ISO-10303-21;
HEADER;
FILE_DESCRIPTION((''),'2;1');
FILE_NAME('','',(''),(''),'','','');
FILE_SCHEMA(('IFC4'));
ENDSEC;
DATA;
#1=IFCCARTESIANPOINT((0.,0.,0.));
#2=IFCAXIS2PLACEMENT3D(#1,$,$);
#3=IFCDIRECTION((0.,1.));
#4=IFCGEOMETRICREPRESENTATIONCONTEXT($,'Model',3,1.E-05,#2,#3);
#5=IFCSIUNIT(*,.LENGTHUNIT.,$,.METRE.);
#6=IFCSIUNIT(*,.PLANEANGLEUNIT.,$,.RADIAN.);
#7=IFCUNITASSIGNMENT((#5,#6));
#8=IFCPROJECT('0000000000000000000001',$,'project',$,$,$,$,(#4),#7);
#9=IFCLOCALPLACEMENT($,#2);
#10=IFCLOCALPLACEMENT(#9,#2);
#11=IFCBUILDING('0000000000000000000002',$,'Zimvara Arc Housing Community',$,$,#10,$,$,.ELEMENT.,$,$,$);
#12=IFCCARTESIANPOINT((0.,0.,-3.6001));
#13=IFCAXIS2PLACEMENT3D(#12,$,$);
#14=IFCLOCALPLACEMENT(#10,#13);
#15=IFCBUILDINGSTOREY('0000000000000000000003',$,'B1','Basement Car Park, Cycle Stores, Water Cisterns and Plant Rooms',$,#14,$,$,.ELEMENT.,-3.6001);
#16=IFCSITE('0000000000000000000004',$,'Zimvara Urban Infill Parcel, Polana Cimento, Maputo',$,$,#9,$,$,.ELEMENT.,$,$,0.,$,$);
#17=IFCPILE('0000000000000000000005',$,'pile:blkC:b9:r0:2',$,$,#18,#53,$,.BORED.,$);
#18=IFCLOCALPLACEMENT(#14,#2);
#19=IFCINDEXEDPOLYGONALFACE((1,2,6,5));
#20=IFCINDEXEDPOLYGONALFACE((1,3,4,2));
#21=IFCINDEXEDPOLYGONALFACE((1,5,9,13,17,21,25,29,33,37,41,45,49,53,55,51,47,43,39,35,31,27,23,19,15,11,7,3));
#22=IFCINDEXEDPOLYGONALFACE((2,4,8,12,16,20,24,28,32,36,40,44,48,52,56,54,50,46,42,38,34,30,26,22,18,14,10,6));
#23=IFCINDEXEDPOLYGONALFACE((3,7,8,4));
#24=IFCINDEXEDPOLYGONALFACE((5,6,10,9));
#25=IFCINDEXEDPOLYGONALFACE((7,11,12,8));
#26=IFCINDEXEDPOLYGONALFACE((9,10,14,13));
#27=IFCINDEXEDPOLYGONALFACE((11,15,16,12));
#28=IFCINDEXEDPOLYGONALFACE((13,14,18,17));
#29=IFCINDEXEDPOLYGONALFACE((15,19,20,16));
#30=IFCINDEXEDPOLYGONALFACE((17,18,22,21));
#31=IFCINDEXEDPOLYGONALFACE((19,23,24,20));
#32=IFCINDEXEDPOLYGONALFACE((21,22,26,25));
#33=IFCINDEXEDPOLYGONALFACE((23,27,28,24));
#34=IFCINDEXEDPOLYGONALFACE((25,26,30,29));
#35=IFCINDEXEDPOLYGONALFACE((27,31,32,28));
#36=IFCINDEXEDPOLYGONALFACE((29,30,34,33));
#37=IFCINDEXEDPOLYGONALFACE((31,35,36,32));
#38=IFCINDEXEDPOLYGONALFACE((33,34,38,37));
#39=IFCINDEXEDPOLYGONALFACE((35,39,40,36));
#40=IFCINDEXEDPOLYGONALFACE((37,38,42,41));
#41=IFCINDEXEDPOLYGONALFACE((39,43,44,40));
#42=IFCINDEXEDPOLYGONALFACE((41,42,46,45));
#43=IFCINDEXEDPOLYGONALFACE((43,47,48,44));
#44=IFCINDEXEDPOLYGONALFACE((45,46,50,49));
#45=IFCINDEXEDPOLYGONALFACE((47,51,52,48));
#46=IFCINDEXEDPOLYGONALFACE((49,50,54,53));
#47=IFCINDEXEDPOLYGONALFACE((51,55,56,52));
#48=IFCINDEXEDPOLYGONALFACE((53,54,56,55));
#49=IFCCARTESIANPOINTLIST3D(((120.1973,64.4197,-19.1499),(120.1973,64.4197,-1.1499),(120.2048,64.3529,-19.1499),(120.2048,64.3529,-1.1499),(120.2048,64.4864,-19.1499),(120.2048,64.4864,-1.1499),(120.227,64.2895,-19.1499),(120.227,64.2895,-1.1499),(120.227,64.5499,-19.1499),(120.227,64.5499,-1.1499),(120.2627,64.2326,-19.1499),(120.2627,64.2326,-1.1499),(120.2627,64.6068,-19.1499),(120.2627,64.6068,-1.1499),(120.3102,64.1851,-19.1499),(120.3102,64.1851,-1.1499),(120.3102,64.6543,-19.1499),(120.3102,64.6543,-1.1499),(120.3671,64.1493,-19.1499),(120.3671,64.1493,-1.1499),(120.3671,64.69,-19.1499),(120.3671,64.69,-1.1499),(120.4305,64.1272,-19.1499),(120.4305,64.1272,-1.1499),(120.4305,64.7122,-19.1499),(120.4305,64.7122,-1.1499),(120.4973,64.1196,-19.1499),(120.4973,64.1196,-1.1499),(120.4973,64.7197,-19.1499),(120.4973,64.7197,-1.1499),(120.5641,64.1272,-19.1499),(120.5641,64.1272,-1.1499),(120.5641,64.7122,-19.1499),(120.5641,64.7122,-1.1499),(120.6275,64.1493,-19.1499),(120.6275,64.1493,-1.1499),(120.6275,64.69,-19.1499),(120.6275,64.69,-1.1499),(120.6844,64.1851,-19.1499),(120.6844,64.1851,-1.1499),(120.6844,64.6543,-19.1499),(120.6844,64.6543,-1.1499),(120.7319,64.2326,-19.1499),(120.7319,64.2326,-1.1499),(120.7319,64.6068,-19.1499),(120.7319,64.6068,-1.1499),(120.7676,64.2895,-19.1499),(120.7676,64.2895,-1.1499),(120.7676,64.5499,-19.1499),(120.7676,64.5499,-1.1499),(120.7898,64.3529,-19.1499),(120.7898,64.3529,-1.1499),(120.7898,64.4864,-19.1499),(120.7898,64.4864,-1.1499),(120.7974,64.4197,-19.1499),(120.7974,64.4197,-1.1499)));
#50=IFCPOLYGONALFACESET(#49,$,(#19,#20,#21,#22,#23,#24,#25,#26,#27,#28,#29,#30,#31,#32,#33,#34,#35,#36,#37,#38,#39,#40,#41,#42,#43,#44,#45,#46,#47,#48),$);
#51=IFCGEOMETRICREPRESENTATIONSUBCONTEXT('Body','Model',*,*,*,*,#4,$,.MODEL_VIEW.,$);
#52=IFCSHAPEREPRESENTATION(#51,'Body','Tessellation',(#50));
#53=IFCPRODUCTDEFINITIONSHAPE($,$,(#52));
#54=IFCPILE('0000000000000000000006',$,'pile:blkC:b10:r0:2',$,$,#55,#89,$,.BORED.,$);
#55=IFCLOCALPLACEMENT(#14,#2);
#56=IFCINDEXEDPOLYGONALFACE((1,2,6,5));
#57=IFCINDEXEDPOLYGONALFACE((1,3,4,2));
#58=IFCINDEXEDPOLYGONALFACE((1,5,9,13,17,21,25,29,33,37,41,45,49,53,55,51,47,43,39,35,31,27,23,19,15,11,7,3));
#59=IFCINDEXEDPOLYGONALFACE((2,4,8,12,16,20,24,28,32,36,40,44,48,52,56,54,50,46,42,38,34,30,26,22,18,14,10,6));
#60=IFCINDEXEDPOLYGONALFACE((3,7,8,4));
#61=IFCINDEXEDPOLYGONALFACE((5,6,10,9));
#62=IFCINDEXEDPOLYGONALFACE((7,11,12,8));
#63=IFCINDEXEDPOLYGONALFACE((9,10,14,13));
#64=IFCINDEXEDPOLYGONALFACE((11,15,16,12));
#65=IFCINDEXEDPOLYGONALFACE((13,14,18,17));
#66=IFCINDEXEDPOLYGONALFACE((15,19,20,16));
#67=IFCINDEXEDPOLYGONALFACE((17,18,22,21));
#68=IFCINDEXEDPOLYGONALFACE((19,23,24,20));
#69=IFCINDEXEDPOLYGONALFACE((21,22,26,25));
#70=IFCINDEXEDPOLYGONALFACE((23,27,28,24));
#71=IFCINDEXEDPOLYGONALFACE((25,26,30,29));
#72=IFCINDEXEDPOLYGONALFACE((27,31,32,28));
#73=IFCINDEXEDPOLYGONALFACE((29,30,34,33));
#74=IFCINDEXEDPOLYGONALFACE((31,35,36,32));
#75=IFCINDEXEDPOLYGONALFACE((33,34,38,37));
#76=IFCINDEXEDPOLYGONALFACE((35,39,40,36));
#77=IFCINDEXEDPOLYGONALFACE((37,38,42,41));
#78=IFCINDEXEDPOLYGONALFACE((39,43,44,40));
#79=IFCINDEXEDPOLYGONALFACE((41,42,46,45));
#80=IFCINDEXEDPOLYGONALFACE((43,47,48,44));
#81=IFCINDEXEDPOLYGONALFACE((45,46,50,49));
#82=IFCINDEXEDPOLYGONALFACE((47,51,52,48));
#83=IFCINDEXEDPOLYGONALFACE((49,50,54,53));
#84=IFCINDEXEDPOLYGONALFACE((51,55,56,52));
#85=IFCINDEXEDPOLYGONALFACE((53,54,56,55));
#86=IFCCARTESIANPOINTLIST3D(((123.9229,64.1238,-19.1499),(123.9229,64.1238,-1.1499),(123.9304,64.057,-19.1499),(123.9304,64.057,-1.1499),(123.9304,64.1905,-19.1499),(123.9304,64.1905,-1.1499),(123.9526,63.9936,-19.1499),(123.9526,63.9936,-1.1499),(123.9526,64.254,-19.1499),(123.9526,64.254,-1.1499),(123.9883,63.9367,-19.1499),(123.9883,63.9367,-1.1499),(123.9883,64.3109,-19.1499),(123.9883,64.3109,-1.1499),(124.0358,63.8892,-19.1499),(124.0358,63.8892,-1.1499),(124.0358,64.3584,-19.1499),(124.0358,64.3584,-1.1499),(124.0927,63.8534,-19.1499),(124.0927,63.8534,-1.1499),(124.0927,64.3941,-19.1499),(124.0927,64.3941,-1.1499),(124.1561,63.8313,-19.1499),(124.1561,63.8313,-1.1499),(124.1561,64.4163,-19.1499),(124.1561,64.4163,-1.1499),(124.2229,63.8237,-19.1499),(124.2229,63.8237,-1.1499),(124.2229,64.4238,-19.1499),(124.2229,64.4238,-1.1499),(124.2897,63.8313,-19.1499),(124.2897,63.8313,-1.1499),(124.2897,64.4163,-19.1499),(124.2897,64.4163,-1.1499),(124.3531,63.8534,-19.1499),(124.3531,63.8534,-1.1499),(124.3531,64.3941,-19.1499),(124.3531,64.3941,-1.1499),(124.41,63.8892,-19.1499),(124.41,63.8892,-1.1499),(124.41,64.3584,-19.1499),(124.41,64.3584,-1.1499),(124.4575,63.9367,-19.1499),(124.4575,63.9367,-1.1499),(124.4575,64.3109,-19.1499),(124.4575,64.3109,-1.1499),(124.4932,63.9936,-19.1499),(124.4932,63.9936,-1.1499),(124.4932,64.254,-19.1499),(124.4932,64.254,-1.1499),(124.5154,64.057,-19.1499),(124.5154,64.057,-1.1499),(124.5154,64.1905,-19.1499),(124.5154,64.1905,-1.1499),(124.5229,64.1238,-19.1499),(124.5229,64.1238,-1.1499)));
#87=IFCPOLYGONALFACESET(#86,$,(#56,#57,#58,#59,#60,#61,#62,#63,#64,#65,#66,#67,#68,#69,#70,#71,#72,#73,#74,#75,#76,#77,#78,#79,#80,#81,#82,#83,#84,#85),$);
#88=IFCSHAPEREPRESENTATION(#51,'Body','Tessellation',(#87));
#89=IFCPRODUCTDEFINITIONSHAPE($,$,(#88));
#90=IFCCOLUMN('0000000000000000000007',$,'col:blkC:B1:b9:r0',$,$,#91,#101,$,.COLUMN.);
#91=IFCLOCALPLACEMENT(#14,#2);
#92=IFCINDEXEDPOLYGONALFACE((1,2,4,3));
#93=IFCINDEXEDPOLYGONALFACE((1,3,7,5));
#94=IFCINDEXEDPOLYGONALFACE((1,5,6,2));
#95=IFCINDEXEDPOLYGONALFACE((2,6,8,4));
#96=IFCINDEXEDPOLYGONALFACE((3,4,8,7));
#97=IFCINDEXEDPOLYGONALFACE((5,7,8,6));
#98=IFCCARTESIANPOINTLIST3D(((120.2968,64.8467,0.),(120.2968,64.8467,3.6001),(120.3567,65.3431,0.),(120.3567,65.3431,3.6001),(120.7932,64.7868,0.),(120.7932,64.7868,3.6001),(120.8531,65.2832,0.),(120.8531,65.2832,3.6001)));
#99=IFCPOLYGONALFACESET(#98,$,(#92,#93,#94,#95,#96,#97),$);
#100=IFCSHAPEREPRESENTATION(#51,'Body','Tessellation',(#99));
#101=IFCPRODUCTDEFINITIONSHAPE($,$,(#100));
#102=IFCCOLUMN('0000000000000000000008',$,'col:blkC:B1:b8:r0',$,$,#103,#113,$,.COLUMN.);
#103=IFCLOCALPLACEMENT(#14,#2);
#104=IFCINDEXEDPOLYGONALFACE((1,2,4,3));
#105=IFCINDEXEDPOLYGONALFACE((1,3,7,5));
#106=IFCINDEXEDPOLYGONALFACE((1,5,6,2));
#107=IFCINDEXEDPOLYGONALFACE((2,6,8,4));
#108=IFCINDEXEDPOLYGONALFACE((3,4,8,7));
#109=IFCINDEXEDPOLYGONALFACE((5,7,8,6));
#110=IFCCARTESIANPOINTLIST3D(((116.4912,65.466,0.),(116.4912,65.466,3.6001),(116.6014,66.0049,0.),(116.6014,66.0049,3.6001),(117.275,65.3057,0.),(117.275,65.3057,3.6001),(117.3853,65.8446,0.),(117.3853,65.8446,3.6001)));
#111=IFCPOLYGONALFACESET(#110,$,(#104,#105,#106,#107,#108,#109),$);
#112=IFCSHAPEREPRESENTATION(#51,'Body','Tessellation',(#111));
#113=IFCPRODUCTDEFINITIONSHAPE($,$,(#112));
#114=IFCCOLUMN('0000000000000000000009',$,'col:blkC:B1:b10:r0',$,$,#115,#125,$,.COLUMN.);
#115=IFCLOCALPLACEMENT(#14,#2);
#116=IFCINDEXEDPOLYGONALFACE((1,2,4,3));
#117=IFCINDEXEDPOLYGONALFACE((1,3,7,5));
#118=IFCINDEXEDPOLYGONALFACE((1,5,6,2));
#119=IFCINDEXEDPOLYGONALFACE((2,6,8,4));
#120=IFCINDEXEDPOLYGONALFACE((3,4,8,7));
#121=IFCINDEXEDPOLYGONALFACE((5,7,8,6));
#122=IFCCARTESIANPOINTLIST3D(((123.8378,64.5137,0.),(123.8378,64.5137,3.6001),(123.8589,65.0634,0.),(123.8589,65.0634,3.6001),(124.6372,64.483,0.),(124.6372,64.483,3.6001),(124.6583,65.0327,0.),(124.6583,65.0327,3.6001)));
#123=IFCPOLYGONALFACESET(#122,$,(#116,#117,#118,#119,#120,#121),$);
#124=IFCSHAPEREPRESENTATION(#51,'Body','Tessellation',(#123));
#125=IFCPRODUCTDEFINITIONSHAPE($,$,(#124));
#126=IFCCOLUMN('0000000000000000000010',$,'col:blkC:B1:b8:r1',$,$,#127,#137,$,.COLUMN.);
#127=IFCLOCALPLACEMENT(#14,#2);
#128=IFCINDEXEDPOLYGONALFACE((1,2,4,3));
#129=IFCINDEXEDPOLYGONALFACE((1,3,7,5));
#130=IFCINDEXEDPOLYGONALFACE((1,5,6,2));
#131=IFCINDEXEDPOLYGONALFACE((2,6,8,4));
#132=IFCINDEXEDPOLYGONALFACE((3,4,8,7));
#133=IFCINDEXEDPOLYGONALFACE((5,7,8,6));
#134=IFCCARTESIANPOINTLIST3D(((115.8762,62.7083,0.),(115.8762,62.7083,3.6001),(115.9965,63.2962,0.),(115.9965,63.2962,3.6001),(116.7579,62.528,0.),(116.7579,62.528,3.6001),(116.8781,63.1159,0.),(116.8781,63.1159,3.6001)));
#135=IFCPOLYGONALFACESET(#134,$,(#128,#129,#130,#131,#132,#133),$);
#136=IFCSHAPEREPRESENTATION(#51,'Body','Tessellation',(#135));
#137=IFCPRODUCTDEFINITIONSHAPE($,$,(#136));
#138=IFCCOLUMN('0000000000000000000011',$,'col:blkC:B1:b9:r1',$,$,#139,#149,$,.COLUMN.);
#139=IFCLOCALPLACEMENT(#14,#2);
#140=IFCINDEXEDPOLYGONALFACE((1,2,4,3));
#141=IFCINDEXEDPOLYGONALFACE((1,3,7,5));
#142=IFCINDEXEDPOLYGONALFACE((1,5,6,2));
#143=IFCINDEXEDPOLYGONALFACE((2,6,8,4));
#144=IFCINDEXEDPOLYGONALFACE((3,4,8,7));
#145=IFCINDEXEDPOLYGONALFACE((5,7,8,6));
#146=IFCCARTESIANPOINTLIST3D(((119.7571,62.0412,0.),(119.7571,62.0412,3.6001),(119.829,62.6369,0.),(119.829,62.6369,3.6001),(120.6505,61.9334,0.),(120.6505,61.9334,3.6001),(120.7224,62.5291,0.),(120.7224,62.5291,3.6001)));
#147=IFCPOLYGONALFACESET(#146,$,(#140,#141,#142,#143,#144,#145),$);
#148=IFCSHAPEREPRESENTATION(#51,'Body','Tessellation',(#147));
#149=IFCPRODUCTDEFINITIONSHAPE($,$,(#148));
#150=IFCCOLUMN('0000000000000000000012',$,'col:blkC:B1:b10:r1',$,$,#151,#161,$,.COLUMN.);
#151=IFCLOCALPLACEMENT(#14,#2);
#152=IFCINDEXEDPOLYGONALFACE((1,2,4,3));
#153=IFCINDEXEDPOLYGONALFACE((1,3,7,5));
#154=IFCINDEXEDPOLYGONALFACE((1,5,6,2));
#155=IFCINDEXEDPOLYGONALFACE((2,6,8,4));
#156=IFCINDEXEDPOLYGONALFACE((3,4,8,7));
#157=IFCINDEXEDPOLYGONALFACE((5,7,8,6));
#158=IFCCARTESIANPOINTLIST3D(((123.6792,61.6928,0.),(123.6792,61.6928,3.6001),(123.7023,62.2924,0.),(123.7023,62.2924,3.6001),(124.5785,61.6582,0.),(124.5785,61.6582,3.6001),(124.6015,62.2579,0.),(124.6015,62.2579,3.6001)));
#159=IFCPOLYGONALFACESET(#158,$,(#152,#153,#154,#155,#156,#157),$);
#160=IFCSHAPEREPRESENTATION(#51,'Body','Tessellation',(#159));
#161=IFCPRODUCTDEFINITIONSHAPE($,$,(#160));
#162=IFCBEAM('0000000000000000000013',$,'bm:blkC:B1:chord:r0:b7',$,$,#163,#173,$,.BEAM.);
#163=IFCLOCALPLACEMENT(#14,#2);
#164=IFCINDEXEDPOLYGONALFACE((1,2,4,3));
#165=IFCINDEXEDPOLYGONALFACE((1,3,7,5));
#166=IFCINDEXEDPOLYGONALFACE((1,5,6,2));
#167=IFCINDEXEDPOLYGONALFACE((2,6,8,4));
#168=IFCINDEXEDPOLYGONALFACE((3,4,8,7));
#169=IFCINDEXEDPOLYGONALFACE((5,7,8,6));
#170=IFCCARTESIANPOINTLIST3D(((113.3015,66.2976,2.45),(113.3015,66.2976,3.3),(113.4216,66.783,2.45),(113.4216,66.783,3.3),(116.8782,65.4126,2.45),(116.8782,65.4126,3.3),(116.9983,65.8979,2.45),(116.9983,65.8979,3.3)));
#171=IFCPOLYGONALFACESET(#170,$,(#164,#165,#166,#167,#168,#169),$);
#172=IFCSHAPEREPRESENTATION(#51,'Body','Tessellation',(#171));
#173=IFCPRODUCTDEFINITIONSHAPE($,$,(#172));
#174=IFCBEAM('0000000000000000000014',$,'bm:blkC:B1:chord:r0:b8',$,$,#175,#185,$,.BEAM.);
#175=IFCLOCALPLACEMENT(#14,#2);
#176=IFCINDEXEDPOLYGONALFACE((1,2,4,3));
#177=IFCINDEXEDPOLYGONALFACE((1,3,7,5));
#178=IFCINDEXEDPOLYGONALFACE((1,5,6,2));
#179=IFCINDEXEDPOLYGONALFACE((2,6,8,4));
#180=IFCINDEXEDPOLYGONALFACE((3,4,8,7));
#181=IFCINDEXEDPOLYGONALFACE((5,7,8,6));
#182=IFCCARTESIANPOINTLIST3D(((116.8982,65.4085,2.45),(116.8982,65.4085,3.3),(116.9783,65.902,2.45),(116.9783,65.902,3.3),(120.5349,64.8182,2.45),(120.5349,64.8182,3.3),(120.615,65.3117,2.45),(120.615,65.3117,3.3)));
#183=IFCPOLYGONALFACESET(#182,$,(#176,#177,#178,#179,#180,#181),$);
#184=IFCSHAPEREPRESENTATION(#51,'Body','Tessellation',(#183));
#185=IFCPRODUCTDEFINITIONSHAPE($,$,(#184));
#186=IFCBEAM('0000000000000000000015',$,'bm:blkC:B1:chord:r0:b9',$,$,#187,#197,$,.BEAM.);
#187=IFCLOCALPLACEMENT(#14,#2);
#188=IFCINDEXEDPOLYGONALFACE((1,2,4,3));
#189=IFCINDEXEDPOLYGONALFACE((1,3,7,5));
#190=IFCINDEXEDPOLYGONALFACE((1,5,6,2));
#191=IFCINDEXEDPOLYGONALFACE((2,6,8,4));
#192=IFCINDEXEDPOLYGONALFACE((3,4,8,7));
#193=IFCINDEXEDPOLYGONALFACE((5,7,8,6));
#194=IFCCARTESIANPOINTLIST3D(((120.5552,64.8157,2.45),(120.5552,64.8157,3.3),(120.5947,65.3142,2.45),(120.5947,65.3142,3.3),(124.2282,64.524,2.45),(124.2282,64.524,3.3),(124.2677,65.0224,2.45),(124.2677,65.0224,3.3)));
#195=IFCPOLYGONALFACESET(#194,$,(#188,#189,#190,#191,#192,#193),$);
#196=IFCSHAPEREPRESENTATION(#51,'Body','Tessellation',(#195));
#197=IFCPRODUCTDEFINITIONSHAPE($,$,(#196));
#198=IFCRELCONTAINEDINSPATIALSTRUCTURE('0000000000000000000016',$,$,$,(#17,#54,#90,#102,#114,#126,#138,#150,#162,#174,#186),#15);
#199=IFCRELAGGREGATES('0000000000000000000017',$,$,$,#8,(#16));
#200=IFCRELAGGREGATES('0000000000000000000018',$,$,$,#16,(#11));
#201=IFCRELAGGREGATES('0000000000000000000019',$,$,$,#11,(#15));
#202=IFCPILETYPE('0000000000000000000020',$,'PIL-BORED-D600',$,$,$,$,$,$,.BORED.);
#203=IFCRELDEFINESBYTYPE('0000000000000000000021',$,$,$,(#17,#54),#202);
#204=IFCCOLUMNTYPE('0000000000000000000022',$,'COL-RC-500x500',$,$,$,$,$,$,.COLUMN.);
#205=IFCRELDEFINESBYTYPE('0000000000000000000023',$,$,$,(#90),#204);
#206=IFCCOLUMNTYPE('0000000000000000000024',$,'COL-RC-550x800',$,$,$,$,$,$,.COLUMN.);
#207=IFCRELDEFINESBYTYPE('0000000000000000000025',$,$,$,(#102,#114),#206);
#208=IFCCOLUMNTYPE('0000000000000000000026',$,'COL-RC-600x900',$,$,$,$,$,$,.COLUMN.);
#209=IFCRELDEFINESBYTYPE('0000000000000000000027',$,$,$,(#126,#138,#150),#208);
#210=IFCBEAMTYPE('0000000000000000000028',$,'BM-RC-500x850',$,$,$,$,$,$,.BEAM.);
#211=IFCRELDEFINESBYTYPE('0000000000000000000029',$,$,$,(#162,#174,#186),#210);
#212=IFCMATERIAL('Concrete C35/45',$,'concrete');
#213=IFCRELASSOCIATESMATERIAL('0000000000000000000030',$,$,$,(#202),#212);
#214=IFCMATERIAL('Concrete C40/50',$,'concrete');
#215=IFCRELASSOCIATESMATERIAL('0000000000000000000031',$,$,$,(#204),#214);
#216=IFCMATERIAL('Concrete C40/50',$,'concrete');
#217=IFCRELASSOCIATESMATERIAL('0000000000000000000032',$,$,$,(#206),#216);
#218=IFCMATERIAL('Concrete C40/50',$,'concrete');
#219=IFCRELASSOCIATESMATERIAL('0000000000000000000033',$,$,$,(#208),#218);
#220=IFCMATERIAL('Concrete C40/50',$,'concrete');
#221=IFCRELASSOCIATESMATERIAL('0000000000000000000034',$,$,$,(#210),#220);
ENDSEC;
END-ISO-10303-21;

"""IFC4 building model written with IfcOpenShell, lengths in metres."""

from ifc_helpers import new_model, si_unit, direction, frame, origin, origin_2d, place, context, subcontext, project, spatial, rectangle, circle, extrude, material, material_profile, profile_set, type_object, element, save


model = new_model("IFC4")

# Units and contexts
model_context = context("Model", 3, precision=1e-05, world=origin(), true_north=direction((0.0, 1.0)))
body_context = subcontext(model_context, "Body", "Model", "MODEL_VIEW")
ifc_project = project(units=[si_unit("LENGTHUNIT", "METRE"), si_unit("PLANEANGLEUNIT", "RADIAN")], contexts=[model_context])

# Site, building, storey
site_placement = place(None, origin())
site = spatial("IfcSite", under=ifc_project, at=site_placement, Name="Zimvara Urban Infill Parcel, Polana Cimento, Maputo", CompositionType="ELEMENT", RefElevation=0.0)
building_placement = place(site_placement, origin())
building = spatial("IfcBuilding", under=site, at=building_placement, Name="Zimvara Arc Housing Community", CompositionType="ELEMENT")
storey_placement = place(building_placement, frame((0.0, 0.0, -3.6001)))
storey = spatial("IfcBuildingStorey", under=building, at=storey_placement, Name="B1", Description="Basement Car Park, Cycle Stores, Water Cisterns and Plant Rooms", CompositionType="ELEMENT", Elevation=-3.6001)

# Piles
ifc_material_1 = material(Name="Concrete C35/45", Category="concrete")
ifc_material_profile_1 = material_profile(ifc_material_1, circle(Radius=0.3, at=origin_2d()), Name="PILE D600")
ifc_profile_set_1 = profile_set([ifc_material_profile_1], Name="Concrete C35/45")
pile_type = type_object("IfcPileType", Name="PIL-BORED-D600", PredefinedType="BORED", material=ifc_profile_set_1)
for number, where, z_axis, x_axis, name in (
    (1, (120.4973, 64.4197, -1.1499), (0.0, 0.0, -1.0), (1.0, 0.0, 0.0), "pile:blkC:b9:r0:2"),
    (2, (124.2229, 64.1238, -1.1499), (0.0, 0.0, -1.0), (1.0, 0.0, 0.0), "pile:blkC:b10:r0:2"),
):
    element("IfcPile", number, at=place(storey_placement, frame(where, z_axis=z_axis, x_axis=x_axis)), inside=storey, type_object=pile_type, Name=name, PredefinedType="BORED", context=body_context, shape_type="SweptSolid", body=[
        extrude(circle(Radius=0.3, at=origin_2d()), origin(), (0.0, 0.0, 1.0), 18.0),
    ])

# Columns
ifc_material_2 = material(Name="Concrete C40/50", Category="concrete")
ifc_material_profile_2 = material_profile(ifc_material_2, rectangle(XDim=0.5, YDim=0.5, at=origin_2d()), Name="RC 500x500")
ifc_profile_set_2 = profile_set([ifc_material_profile_2], Name="Concrete C40/50")
column_type_1 = type_object("IfcColumnType", Name="COL-RC-500x500", PredefinedType="COLUMN", material=ifc_profile_set_2)
column_placement = place(storey_placement, frame((120.575, 65.0649, 0.0), z_axis=(0.0, 0.0, 1.0), x_axis=(-0.11979, -0.992799, 0.0)))
element("IfcColumn", 3, at=column_placement, inside=storey, type_object=column_type_1, Name="col:blkC:B1:b9:r0", PredefinedType="COLUMN", context=body_context, shape_type="SweptSolid", body=[
    extrude(rectangle(XDim=0.5, YDim=0.5, at=origin_2d()), origin(), (0.0, 0.0, 1.0), 3.6001),
])
ifc_material_3 = material(Name="Concrete C40/50", Category="concrete")
ifc_material_profile_3 = material_profile(ifc_material_3, rectangle(XDim=0.55, YDim=0.8, at=origin_2d()), Name="RC 550x800")
ifc_profile_set_3 = profile_set([ifc_material_profile_3], Name="Concrete C40/50")
column_type_2 = type_object("IfcColumnType", Name="COL-RC-550x800", PredefinedType="COLUMN", material=ifc_profile_set_3)
for number, where, z_axis, x_axis, name in (
    (4, (116.9382, 65.6553, 0.0), (0.0, 0.0, 1.0), (-0.200394, -0.979715, 0.0), "col:blkC:B1:b8:r0"),
    (5, (124.248, 64.7732, 0.0), (0.0, 0.0, 1.0), (-0.038388, -0.999263, 0.0), "col:blkC:B1:b10:r0"),
):
    element("IfcColumn", number, at=place(storey_placement, frame(where, z_axis=z_axis, x_axis=x_axis)), inside=storey, type_object=column_type_2, Name=name, PredefinedType="COLUMN", context=body_context, shape_type="SweptSolid", body=[
        extrude(rectangle(XDim=0.55, YDim=0.8, at=origin_2d()), origin(), (0.0, 0.0, 1.0), 3.6001),
    ])
ifc_material_4 = material(Name="Concrete C40/50", Category="concrete")
ifc_material_profile_4 = material_profile(ifc_material_4, rectangle(XDim=0.6001, YDim=0.8999, at=origin_2d()), Name="RC 600x900")
ifc_profile_set_4 = profile_set([ifc_material_profile_4], Name="Concrete C40/50")
column_type_3 = type_object("IfcColumnType", Name="COL-RC-600x900", PredefinedType="COLUMN", material=ifc_profile_set_4)
for number, where, z_axis, x_axis, name in (
    (6, (116.3772, 62.9121, 0.0), (0.0, 0.0, 1.0), (-0.200394, -0.979715, 0.0), "col:blkC:B1:b8:r1"),
    (7, (120.2397, 62.2852, 0.0), (0.0, 0.0, 1.0), (-0.11979, -0.992799, 0.0), "col:blkC:B1:b9:r1"),
    (8, (124.1404, 61.9753, 0.0), (0.0, 0.0, 1.0), (-0.038388, -0.999263, 0.0), "col:blkC:B1:b10:r1"),
):
    element("IfcColumn", number, at=place(storey_placement, frame(where, z_axis=z_axis, x_axis=x_axis)), inside=storey, type_object=column_type_3, Name=name, PredefinedType="COLUMN", context=body_context, shape_type="SweptSolid", body=[
        extrude(rectangle(XDim=0.6001, YDim=0.8999, at=origin_2d()), origin(), (0.0, 0.0, 1.0), 3.6001),
    ])

# Beams
ifc_material_5 = material(Name="Concrete C40/50", Category="concrete")
ifc_material_profile_5 = material_profile(ifc_material_5, rectangle(XDim=0.5, YDim=0.8501, at=origin_2d()), Name="RC 500x850")
ifc_profile_set_5 = profile_set([ifc_material_profile_5], Name="Concrete C40/50")
beam_type = type_object("IfcBeamType", Name="BM-RC-500x850", PredefinedType="BEAM", material=ifc_profile_set_5)
beam_1_placement = place(storey_placement, frame((113.3616, 66.5403, 2.875), z_axis=(0.970724, -0.240196, 0.0), x_axis=(0.240196, 0.970724, 0.0)))
element("IfcBeam", 9, at=beam_1_placement, inside=storey, type_object=beam_type, Name="bm:blkC:B1:chord:r0:b7", PredefinedType="BEAM", context=body_context, shape_type="SweptSolid", body=[
    extrude(rectangle(XDim=0.5, YDim=0.8501, at=origin_2d()), origin(), (0.0, 0.0, 1.0), 3.6846),
])
beam_2_placement = place(storey_placement, frame((116.9382, 65.6553, 2.875), z_axis=(0.98708, -0.160228, 0.0), x_axis=(0.160228, 0.98708, 0.0)))
element("IfcBeam", 10, at=beam_2_placement, inside=storey, type_object=beam_type, Name="bm:blkC:B1:chord:r0:b8", PredefinedType="BEAM", context=body_context, shape_type="SweptSolid", body=[
    extrude(rectangle(XDim=0.5, YDim=0.8501, at=origin_2d()), origin(), (0.0, 0.0, 1.0), 3.6843),
])
beam_3_placement = place(storey_placement, frame((120.575, 65.0649, 2.875), z_axis=(0.99686, -0.079179, 0.0), x_axis=(0.079179, 0.99686, 0.0)))
element("IfcBeam", 11, at=beam_3_placement, inside=storey, type_object=beam_type, Name="bm:blkC:B1:chord:r0:b9", PredefinedType="BEAM", context=body_context, shape_type="SweptSolid", body=[
    extrude(rectangle(XDim=0.5, YDim=0.8501, at=origin_2d()), origin(), (0.0, 0.0, 1.0), 3.6846),
])

save(model, "model.ifc")
